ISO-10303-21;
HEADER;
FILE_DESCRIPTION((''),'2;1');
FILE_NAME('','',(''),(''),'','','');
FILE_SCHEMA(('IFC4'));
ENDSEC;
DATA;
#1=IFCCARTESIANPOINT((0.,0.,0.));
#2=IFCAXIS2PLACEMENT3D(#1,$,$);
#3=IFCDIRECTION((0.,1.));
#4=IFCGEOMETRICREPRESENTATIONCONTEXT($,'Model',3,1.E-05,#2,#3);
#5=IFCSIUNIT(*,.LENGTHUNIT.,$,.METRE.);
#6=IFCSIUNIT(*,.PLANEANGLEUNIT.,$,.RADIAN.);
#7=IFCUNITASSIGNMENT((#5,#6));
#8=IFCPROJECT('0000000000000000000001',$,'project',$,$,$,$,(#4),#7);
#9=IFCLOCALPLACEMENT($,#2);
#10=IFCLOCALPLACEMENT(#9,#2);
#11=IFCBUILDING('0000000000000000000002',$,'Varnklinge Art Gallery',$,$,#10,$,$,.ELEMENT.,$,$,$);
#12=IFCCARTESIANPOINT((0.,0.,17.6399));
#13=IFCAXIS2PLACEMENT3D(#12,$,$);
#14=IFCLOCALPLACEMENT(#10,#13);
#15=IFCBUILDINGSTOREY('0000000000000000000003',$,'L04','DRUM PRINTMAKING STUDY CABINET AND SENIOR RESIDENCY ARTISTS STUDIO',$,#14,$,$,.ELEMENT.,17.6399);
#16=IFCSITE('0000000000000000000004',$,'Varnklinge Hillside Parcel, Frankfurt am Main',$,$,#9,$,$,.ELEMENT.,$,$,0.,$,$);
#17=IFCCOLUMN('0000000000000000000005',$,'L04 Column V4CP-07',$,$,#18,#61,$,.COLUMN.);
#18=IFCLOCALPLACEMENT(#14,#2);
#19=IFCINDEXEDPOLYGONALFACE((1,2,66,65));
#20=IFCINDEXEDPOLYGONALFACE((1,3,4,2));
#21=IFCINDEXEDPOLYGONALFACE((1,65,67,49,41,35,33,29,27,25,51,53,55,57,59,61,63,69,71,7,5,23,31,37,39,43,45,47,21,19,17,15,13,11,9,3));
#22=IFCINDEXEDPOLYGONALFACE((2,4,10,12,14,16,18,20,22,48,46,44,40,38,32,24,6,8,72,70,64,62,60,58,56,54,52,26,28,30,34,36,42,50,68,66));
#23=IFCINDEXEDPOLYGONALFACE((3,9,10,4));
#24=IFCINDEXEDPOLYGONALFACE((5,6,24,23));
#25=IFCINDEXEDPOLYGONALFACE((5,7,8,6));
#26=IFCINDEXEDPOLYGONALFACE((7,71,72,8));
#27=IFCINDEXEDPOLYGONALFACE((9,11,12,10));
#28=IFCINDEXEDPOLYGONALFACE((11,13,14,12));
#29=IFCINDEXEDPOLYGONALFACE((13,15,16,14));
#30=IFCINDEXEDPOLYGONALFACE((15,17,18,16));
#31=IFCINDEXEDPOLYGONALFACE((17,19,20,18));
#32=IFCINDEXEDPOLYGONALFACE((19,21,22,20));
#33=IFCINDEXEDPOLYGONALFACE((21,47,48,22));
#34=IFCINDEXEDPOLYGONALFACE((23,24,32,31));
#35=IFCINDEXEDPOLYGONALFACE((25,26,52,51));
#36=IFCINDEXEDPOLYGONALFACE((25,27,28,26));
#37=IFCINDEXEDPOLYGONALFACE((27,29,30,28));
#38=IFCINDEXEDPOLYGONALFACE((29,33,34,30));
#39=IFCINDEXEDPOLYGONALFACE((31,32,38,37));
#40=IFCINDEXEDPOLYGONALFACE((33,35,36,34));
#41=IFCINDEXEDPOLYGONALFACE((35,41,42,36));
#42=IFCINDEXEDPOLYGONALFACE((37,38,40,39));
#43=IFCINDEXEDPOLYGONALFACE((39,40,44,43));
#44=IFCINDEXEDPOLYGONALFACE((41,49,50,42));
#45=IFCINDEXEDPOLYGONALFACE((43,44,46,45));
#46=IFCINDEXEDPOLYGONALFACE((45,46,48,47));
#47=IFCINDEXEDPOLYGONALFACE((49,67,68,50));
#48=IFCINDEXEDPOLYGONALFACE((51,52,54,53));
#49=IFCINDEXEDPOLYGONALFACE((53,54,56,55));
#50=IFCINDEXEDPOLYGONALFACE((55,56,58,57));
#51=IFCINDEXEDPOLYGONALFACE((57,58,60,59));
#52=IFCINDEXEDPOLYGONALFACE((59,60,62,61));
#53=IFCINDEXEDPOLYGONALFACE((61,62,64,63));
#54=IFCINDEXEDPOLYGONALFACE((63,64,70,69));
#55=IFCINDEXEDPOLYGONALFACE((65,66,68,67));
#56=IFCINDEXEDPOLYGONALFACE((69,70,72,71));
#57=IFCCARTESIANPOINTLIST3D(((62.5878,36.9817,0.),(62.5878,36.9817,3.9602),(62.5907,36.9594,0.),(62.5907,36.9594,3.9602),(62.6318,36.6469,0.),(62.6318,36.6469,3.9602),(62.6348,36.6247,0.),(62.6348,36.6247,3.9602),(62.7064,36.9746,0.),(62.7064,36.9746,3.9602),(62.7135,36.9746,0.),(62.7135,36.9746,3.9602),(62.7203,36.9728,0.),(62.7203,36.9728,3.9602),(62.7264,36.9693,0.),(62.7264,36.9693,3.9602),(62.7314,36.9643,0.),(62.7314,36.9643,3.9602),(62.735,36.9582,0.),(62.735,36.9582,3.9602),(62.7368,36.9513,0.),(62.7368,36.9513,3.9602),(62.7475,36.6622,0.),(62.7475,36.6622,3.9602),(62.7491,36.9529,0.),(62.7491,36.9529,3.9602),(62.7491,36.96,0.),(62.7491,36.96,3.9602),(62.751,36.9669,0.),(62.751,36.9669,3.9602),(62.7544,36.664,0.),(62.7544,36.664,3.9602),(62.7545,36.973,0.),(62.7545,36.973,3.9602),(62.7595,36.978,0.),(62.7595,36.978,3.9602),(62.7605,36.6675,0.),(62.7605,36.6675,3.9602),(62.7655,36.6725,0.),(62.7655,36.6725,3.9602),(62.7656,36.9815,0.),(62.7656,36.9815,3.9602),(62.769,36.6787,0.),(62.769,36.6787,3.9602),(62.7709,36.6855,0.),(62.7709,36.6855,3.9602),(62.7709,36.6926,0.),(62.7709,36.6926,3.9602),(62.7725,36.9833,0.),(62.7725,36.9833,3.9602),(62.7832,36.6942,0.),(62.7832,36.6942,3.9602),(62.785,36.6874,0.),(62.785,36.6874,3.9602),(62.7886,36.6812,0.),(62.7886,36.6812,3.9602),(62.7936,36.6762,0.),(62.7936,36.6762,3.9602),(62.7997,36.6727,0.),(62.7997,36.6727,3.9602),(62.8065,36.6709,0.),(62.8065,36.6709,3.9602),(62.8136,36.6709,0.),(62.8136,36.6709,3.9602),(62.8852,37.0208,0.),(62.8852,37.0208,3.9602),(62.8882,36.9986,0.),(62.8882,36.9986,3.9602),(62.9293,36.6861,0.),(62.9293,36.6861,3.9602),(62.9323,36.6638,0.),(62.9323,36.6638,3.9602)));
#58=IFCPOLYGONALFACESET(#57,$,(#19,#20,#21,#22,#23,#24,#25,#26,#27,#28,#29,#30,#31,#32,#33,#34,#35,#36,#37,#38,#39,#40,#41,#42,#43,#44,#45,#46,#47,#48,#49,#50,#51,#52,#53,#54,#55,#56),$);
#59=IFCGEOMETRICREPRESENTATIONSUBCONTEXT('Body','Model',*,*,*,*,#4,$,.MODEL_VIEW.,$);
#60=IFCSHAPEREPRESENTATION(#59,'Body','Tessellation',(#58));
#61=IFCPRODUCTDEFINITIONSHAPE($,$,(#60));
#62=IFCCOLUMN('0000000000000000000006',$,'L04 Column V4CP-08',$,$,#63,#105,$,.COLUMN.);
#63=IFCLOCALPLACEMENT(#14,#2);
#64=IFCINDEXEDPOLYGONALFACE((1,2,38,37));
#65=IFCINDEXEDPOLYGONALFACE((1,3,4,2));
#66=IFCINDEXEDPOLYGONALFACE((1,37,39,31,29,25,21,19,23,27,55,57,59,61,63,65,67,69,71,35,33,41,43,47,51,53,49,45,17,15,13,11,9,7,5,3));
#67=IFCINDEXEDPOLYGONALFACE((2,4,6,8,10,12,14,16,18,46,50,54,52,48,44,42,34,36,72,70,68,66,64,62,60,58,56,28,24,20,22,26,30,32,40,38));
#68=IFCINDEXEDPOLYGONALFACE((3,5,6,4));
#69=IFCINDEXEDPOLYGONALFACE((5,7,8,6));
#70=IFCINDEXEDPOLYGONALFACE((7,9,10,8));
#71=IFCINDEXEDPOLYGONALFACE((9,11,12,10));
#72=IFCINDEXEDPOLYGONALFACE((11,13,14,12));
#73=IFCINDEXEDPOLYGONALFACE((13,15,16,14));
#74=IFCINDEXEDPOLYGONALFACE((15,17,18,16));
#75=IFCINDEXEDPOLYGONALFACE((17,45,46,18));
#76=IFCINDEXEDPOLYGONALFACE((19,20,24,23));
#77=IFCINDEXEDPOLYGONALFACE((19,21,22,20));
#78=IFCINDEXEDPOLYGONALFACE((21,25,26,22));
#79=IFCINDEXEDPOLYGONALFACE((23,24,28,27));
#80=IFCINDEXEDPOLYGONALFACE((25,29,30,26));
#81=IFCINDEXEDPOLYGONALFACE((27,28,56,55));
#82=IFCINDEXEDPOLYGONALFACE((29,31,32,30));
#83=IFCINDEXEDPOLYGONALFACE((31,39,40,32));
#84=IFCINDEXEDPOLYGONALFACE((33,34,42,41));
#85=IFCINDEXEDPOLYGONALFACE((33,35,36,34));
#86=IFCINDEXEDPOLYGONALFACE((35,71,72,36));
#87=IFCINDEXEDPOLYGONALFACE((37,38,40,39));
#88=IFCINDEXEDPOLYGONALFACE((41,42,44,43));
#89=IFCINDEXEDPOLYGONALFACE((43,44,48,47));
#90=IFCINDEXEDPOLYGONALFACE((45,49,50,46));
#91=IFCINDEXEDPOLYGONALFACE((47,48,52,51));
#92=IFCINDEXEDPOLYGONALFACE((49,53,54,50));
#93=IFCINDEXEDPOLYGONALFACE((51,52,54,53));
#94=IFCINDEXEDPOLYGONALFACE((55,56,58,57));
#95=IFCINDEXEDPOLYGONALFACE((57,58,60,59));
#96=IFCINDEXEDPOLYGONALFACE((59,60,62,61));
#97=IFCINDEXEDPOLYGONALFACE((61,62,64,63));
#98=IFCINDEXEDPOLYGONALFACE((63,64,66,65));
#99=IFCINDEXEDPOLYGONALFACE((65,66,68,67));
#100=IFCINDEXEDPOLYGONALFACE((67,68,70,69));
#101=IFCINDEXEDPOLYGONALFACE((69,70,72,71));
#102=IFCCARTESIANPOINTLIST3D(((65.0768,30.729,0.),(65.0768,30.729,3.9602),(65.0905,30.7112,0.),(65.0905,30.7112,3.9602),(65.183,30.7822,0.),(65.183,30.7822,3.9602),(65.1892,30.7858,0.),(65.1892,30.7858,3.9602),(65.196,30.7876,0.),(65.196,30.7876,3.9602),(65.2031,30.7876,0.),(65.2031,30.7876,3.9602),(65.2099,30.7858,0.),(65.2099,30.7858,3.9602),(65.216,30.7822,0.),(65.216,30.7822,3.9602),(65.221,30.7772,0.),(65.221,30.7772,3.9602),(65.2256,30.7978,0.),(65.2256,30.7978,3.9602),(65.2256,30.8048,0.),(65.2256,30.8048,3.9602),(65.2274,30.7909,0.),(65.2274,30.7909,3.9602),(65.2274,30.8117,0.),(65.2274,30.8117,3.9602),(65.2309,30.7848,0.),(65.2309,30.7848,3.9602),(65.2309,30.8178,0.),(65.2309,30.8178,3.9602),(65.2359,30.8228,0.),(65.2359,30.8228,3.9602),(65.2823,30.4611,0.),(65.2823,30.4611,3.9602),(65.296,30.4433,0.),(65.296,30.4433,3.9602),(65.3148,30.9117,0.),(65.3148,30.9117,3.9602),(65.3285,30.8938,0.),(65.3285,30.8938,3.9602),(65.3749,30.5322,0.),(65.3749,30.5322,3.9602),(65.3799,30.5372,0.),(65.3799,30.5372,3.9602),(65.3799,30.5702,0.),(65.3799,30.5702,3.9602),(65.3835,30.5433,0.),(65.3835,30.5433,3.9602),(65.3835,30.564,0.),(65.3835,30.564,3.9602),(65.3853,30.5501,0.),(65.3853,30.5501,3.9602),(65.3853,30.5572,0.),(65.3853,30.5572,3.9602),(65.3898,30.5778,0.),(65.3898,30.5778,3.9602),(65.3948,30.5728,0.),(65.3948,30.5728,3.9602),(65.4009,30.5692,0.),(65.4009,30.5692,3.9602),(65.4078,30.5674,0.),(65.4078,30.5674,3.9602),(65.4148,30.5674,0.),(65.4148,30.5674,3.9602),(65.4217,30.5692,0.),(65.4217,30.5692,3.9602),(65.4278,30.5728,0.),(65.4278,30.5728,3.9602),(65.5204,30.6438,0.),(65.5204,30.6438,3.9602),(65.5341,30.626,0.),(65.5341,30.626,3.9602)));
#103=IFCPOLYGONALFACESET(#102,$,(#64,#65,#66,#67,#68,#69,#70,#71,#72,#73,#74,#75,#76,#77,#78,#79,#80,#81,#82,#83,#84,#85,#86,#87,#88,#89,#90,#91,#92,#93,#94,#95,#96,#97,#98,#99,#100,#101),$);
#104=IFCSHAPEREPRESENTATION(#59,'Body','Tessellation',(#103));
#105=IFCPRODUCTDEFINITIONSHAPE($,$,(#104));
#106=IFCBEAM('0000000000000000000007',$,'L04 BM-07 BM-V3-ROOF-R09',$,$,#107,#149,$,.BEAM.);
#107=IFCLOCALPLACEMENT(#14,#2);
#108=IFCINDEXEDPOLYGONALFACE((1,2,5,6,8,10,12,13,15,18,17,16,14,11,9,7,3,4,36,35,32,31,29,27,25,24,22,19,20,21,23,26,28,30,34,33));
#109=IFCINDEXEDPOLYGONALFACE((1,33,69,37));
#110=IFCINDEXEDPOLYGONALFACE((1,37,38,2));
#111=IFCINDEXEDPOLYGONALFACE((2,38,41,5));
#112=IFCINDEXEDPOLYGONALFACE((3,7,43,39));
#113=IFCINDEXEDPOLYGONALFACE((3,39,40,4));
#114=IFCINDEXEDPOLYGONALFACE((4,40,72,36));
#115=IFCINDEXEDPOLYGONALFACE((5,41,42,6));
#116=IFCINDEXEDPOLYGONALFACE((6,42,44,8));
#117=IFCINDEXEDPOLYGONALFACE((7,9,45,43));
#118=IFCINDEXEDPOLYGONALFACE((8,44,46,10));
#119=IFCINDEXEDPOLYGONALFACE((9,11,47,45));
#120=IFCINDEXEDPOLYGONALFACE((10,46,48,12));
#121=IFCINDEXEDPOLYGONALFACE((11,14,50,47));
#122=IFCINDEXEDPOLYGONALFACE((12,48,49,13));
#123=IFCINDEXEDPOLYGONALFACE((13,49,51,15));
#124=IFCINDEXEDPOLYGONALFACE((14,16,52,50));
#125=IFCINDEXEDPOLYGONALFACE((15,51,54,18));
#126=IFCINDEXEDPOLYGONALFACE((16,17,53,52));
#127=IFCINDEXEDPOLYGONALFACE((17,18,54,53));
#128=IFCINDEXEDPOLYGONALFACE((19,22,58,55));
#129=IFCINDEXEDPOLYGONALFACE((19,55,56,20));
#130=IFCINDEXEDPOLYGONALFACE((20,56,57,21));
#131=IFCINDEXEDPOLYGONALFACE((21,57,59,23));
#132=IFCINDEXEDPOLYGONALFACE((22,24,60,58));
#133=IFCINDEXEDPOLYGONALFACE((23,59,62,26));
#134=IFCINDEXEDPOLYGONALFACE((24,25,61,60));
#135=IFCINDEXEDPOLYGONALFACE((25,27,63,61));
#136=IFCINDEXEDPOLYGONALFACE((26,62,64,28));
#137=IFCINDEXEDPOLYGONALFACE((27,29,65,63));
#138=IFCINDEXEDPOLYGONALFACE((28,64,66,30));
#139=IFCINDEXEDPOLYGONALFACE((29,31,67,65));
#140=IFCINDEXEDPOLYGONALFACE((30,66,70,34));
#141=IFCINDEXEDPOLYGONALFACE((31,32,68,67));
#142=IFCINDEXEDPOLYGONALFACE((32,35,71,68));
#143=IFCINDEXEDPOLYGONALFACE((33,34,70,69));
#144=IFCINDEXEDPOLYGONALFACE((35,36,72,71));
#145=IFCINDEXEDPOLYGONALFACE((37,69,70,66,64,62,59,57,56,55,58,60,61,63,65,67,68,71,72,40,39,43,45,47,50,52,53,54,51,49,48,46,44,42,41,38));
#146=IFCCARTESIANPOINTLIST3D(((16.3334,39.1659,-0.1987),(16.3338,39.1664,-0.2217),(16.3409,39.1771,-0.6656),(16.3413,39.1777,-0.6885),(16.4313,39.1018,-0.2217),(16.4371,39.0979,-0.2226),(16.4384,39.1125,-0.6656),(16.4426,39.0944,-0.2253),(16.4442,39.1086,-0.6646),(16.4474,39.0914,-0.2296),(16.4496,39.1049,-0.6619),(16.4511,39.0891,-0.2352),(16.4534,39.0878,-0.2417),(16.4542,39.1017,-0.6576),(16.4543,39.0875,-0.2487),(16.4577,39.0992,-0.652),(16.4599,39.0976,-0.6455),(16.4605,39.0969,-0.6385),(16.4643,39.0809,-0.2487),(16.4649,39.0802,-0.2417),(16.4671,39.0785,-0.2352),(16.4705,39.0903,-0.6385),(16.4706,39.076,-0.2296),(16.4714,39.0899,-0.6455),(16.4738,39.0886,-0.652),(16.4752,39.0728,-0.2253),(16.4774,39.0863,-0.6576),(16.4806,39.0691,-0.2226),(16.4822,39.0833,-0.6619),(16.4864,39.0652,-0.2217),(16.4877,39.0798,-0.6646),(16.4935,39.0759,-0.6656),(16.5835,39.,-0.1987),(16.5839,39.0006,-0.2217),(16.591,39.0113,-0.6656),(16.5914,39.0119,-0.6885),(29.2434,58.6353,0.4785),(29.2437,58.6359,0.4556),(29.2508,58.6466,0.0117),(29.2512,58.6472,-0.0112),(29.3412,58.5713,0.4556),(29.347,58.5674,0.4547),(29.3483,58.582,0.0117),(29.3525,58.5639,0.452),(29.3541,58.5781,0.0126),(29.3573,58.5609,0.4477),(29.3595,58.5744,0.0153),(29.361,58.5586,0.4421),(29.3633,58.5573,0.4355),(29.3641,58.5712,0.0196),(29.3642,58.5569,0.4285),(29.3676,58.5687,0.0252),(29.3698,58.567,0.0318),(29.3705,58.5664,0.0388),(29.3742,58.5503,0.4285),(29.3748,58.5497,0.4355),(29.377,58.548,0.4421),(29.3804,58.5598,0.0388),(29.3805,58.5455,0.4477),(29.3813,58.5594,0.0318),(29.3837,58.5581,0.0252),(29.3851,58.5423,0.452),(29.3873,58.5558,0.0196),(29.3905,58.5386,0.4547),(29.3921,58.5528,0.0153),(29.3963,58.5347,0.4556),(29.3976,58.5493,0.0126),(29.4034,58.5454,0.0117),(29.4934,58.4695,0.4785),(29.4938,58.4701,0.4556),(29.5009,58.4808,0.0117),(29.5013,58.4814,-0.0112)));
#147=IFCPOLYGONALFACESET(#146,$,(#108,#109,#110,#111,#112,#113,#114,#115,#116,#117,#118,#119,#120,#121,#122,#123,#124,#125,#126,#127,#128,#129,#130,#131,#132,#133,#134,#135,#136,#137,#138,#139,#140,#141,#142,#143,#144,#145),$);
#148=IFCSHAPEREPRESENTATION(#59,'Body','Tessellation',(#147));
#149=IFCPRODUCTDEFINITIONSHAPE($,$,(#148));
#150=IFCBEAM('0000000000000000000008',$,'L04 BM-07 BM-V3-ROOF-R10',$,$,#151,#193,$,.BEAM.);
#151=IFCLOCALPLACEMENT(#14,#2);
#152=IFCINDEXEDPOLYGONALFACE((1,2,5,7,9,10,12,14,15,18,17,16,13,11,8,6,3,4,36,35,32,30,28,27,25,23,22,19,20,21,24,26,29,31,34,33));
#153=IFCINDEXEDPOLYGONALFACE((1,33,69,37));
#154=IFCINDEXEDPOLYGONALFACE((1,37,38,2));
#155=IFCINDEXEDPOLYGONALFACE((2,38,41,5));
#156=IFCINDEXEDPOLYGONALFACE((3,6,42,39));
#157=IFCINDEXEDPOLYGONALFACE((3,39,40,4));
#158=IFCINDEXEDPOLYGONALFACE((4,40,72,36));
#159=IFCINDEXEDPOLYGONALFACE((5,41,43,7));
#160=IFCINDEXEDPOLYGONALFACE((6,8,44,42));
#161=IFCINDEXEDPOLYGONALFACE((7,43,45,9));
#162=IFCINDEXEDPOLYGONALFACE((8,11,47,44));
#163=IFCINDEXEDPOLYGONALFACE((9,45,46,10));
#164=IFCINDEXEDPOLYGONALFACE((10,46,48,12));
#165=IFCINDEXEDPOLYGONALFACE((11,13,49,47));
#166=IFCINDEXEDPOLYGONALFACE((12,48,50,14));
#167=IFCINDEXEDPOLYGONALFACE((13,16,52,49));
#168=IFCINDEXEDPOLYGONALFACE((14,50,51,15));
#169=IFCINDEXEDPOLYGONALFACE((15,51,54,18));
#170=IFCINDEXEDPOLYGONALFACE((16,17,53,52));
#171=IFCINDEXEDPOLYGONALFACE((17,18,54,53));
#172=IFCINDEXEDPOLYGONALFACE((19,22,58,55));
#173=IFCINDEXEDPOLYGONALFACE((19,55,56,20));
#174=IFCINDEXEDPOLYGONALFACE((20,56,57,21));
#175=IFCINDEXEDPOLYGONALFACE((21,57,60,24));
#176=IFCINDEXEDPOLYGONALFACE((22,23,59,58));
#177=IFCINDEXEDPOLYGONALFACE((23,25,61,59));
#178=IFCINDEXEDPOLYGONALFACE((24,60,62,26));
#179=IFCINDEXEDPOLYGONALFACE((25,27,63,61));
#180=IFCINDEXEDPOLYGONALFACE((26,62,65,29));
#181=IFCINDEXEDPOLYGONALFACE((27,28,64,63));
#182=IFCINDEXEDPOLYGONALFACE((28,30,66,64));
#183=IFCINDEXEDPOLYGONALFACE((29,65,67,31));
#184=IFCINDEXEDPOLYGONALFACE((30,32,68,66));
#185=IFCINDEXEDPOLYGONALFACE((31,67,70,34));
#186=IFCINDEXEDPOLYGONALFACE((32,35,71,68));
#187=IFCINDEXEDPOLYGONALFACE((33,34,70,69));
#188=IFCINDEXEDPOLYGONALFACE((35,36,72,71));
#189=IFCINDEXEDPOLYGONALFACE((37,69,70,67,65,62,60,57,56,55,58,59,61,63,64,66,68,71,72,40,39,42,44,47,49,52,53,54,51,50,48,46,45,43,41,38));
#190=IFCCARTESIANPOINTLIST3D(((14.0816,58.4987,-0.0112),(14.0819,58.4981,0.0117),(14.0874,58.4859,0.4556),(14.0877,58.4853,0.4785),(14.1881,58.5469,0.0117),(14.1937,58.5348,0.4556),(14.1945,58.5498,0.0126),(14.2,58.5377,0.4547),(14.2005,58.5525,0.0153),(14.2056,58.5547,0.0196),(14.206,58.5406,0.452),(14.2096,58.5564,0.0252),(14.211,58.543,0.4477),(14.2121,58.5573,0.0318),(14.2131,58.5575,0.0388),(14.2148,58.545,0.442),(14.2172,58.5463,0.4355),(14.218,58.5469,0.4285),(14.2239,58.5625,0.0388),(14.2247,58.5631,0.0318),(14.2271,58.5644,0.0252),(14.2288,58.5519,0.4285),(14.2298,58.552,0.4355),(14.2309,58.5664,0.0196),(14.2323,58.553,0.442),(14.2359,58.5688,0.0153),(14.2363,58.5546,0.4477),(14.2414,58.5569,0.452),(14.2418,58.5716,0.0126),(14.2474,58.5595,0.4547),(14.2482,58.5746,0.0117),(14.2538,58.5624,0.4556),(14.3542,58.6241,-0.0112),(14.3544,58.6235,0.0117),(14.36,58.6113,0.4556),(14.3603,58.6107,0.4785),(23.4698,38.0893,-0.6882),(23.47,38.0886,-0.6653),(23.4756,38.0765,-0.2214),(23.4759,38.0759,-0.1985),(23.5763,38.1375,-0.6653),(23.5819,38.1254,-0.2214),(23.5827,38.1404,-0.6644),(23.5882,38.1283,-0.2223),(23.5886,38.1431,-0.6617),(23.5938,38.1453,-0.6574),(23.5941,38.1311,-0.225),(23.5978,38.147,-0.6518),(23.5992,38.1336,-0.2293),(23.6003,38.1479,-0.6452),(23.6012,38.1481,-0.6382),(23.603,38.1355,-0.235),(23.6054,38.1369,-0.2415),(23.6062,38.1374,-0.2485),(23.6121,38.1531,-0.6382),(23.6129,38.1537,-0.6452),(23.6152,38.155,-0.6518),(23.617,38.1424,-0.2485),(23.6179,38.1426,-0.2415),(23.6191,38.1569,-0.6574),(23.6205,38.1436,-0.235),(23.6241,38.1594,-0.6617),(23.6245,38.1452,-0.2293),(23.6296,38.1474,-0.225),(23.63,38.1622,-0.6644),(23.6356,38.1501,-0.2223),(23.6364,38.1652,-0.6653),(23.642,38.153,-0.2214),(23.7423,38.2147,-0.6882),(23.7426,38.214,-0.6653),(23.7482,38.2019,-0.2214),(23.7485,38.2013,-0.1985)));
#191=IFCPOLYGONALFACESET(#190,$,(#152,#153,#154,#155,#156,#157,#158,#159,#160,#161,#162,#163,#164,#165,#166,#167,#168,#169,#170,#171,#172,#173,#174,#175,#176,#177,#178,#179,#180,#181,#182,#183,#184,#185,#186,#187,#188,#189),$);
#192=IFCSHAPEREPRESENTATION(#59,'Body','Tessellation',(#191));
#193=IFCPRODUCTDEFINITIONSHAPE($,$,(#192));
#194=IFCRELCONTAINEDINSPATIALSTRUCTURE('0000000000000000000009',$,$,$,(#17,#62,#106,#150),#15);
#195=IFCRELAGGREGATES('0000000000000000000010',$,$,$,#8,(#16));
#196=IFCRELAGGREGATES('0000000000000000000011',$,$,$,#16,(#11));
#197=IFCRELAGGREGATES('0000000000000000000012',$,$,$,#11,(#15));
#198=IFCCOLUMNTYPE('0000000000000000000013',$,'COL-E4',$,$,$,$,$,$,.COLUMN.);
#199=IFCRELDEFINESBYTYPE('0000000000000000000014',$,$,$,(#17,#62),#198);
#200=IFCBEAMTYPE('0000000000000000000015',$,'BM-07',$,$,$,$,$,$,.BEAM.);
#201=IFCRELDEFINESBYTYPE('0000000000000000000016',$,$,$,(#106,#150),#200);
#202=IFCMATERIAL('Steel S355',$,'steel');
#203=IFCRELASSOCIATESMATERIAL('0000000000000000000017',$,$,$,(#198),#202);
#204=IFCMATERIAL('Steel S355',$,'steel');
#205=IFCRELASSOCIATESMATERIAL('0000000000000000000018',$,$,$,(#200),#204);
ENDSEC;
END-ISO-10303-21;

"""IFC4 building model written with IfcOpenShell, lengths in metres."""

from ifc_helpers import new_model, si_unit, direction, frame, origin, origin_2d, place, context, subcontext, project, spatial, i_section, extrude, material, material_profile, profile_set, type_object, element, save


model = new_model("IFC4")

# Units and contexts
model_context = context("Model", 3, precision=1e-05, world=origin(), true_north=direction((0.0, 1.0)))
body_context = subcontext(model_context, "Body", "Model", "MODEL_VIEW")
ifc_project = project(units=[si_unit("LENGTHUNIT", "METRE"), si_unit("PLANEANGLEUNIT", "RADIAN")], contexts=[model_context])

# Site, building, storey
site_placement = place(None, origin())
site = spatial("IfcSite", under=ifc_project, at=site_placement, Name="Varnklinge Hillside Parcel, Frankfurt am Main", CompositionType="ELEMENT", RefElevation=0.0)
building_placement = place(site_placement, origin())
building = spatial("IfcBuilding", under=site, at=building_placement, Name="Varnklinge Art Gallery", CompositionType="ELEMENT")
storey_placement = place(building_placement, frame((0.0, 0.0, 17.6399)))
storey = spatial("IfcBuildingStorey", under=building, at=storey_placement, Name="L04", Description="DRUM PRINTMAKING STUDY CABINET AND SENIOR RESIDENCY ARTISTS STUDIO", CompositionType="ELEMENT", Elevation=17.6399)

# Columns
ifc_material_1 = material(Name="Steel S355", Category="steel")
ifc_material_profile_1 = material_profile(ifc_material_1, i_section(OverallWidth=0.3, OverallDepth=0.3601, WebThickness=0.0125, FlangeThickness=0.0225, FilletRadius=0.0271, at=origin_2d()), Name="HEB 360")
ifc_profile_set_1 = profile_set([ifc_material_profile_1], Name="Steel S355")
column_type = type_object("IfcColumnType", Name="COL-E4", PredefinedType="COLUMN", material=ifc_profile_set_1)
for number, where, z_axis, x_axis, name in (
    (1, (62.76, 36.8228, 0.0), (0.0, 0.0, 1.0), (-0.991445, -0.130526, 0.0), "L04 Column V4CP-07"),
    (2, (65.3054, 30.6775, 0.0), (0.0, 0.0, 1.0), (-0.793353, -0.608761, 0.0), "L04 Column V4CP-08"),
):
    element("IfcColumn", number, at=place(storey_placement, frame(where, z_axis=z_axis, x_axis=x_axis)), inside=storey, type_object=column_type, Name=name, PredefinedType="COLUMN", context=body_context, shape_type="SweptSolid", body=[
        extrude(i_section(OverallWidth=0.3, OverallDepth=0.3601, WebThickness=0.0125, FlangeThickness=0.0225, FilletRadius=0.0271, at=origin_2d()), origin(), (0.0, 0.0, 1.0), 3.9602),
    ])

# Beams
ifc_material_2 = material(Name="Steel S355", Category="steel")
ifc_material_profile_2 = material_profile(ifc_material_2, i_section(OverallWidth=0.3, OverallDepth=0.49, WebThickness=0.012, FlangeThickness=0.0229, FilletRadius=0.0271, at=origin_2d()), Name="HEA 500")
ifc_profile_set_2 = profile_set([ifc_material_profile_2], Name="Steel S355")
beam_type_1 = type_object("IfcBeamType", Name="BM-07", PredefinedType="BEAM", material=ifc_profile_set_2)
beam_1_placement = place(storey_placement, frame((16.4624, 39.0889, -0.4436), z_axis=(0.5524, 0.833076, 0.028979), x_axis=(-0.833426, 0.552632, 0.0)))
element("IfcBeam", 3, at=beam_1_placement, inside=storey, type_object=beam_type_1, Name="L04 BM-07 BM-V3-ROOF-R09", PredefinedType="BEAM", context=body_context, shape_type="SweptSolid", body=[
    extrude(i_section(OverallWidth=0.3, OverallDepth=0.49, WebThickness=0.012, FlangeThickness=0.0229, FilletRadius=0.0271, at=origin_2d()), origin(), (0.0, 0.0, 1.0), 23.3706),
])
beam_2_placement = place(storey_placement, frame((23.6091, 38.1453, -0.4434), z_axis=(-0.41771, 0.908081, 0.030122), x_axis=(-0.908493, -0.4179, 0.0)))
element("IfcBeam", 4, at=beam_2_placement, inside=storey, type_object=beam_type_1, Name="L04 BM-07 BM-V3-ROOF-R10", PredefinedType="BEAM", context=body_context, shape_type="SweptSolid", body=[
    extrude(i_section(OverallWidth=0.3, OverallDepth=0.49, WebThickness=0.012, FlangeThickness=0.0229, FilletRadius=0.0271, at=origin_2d()), origin(), (0.0, 0.0, 1.0), 22.4753),
])

save(model, "model.ifc")
